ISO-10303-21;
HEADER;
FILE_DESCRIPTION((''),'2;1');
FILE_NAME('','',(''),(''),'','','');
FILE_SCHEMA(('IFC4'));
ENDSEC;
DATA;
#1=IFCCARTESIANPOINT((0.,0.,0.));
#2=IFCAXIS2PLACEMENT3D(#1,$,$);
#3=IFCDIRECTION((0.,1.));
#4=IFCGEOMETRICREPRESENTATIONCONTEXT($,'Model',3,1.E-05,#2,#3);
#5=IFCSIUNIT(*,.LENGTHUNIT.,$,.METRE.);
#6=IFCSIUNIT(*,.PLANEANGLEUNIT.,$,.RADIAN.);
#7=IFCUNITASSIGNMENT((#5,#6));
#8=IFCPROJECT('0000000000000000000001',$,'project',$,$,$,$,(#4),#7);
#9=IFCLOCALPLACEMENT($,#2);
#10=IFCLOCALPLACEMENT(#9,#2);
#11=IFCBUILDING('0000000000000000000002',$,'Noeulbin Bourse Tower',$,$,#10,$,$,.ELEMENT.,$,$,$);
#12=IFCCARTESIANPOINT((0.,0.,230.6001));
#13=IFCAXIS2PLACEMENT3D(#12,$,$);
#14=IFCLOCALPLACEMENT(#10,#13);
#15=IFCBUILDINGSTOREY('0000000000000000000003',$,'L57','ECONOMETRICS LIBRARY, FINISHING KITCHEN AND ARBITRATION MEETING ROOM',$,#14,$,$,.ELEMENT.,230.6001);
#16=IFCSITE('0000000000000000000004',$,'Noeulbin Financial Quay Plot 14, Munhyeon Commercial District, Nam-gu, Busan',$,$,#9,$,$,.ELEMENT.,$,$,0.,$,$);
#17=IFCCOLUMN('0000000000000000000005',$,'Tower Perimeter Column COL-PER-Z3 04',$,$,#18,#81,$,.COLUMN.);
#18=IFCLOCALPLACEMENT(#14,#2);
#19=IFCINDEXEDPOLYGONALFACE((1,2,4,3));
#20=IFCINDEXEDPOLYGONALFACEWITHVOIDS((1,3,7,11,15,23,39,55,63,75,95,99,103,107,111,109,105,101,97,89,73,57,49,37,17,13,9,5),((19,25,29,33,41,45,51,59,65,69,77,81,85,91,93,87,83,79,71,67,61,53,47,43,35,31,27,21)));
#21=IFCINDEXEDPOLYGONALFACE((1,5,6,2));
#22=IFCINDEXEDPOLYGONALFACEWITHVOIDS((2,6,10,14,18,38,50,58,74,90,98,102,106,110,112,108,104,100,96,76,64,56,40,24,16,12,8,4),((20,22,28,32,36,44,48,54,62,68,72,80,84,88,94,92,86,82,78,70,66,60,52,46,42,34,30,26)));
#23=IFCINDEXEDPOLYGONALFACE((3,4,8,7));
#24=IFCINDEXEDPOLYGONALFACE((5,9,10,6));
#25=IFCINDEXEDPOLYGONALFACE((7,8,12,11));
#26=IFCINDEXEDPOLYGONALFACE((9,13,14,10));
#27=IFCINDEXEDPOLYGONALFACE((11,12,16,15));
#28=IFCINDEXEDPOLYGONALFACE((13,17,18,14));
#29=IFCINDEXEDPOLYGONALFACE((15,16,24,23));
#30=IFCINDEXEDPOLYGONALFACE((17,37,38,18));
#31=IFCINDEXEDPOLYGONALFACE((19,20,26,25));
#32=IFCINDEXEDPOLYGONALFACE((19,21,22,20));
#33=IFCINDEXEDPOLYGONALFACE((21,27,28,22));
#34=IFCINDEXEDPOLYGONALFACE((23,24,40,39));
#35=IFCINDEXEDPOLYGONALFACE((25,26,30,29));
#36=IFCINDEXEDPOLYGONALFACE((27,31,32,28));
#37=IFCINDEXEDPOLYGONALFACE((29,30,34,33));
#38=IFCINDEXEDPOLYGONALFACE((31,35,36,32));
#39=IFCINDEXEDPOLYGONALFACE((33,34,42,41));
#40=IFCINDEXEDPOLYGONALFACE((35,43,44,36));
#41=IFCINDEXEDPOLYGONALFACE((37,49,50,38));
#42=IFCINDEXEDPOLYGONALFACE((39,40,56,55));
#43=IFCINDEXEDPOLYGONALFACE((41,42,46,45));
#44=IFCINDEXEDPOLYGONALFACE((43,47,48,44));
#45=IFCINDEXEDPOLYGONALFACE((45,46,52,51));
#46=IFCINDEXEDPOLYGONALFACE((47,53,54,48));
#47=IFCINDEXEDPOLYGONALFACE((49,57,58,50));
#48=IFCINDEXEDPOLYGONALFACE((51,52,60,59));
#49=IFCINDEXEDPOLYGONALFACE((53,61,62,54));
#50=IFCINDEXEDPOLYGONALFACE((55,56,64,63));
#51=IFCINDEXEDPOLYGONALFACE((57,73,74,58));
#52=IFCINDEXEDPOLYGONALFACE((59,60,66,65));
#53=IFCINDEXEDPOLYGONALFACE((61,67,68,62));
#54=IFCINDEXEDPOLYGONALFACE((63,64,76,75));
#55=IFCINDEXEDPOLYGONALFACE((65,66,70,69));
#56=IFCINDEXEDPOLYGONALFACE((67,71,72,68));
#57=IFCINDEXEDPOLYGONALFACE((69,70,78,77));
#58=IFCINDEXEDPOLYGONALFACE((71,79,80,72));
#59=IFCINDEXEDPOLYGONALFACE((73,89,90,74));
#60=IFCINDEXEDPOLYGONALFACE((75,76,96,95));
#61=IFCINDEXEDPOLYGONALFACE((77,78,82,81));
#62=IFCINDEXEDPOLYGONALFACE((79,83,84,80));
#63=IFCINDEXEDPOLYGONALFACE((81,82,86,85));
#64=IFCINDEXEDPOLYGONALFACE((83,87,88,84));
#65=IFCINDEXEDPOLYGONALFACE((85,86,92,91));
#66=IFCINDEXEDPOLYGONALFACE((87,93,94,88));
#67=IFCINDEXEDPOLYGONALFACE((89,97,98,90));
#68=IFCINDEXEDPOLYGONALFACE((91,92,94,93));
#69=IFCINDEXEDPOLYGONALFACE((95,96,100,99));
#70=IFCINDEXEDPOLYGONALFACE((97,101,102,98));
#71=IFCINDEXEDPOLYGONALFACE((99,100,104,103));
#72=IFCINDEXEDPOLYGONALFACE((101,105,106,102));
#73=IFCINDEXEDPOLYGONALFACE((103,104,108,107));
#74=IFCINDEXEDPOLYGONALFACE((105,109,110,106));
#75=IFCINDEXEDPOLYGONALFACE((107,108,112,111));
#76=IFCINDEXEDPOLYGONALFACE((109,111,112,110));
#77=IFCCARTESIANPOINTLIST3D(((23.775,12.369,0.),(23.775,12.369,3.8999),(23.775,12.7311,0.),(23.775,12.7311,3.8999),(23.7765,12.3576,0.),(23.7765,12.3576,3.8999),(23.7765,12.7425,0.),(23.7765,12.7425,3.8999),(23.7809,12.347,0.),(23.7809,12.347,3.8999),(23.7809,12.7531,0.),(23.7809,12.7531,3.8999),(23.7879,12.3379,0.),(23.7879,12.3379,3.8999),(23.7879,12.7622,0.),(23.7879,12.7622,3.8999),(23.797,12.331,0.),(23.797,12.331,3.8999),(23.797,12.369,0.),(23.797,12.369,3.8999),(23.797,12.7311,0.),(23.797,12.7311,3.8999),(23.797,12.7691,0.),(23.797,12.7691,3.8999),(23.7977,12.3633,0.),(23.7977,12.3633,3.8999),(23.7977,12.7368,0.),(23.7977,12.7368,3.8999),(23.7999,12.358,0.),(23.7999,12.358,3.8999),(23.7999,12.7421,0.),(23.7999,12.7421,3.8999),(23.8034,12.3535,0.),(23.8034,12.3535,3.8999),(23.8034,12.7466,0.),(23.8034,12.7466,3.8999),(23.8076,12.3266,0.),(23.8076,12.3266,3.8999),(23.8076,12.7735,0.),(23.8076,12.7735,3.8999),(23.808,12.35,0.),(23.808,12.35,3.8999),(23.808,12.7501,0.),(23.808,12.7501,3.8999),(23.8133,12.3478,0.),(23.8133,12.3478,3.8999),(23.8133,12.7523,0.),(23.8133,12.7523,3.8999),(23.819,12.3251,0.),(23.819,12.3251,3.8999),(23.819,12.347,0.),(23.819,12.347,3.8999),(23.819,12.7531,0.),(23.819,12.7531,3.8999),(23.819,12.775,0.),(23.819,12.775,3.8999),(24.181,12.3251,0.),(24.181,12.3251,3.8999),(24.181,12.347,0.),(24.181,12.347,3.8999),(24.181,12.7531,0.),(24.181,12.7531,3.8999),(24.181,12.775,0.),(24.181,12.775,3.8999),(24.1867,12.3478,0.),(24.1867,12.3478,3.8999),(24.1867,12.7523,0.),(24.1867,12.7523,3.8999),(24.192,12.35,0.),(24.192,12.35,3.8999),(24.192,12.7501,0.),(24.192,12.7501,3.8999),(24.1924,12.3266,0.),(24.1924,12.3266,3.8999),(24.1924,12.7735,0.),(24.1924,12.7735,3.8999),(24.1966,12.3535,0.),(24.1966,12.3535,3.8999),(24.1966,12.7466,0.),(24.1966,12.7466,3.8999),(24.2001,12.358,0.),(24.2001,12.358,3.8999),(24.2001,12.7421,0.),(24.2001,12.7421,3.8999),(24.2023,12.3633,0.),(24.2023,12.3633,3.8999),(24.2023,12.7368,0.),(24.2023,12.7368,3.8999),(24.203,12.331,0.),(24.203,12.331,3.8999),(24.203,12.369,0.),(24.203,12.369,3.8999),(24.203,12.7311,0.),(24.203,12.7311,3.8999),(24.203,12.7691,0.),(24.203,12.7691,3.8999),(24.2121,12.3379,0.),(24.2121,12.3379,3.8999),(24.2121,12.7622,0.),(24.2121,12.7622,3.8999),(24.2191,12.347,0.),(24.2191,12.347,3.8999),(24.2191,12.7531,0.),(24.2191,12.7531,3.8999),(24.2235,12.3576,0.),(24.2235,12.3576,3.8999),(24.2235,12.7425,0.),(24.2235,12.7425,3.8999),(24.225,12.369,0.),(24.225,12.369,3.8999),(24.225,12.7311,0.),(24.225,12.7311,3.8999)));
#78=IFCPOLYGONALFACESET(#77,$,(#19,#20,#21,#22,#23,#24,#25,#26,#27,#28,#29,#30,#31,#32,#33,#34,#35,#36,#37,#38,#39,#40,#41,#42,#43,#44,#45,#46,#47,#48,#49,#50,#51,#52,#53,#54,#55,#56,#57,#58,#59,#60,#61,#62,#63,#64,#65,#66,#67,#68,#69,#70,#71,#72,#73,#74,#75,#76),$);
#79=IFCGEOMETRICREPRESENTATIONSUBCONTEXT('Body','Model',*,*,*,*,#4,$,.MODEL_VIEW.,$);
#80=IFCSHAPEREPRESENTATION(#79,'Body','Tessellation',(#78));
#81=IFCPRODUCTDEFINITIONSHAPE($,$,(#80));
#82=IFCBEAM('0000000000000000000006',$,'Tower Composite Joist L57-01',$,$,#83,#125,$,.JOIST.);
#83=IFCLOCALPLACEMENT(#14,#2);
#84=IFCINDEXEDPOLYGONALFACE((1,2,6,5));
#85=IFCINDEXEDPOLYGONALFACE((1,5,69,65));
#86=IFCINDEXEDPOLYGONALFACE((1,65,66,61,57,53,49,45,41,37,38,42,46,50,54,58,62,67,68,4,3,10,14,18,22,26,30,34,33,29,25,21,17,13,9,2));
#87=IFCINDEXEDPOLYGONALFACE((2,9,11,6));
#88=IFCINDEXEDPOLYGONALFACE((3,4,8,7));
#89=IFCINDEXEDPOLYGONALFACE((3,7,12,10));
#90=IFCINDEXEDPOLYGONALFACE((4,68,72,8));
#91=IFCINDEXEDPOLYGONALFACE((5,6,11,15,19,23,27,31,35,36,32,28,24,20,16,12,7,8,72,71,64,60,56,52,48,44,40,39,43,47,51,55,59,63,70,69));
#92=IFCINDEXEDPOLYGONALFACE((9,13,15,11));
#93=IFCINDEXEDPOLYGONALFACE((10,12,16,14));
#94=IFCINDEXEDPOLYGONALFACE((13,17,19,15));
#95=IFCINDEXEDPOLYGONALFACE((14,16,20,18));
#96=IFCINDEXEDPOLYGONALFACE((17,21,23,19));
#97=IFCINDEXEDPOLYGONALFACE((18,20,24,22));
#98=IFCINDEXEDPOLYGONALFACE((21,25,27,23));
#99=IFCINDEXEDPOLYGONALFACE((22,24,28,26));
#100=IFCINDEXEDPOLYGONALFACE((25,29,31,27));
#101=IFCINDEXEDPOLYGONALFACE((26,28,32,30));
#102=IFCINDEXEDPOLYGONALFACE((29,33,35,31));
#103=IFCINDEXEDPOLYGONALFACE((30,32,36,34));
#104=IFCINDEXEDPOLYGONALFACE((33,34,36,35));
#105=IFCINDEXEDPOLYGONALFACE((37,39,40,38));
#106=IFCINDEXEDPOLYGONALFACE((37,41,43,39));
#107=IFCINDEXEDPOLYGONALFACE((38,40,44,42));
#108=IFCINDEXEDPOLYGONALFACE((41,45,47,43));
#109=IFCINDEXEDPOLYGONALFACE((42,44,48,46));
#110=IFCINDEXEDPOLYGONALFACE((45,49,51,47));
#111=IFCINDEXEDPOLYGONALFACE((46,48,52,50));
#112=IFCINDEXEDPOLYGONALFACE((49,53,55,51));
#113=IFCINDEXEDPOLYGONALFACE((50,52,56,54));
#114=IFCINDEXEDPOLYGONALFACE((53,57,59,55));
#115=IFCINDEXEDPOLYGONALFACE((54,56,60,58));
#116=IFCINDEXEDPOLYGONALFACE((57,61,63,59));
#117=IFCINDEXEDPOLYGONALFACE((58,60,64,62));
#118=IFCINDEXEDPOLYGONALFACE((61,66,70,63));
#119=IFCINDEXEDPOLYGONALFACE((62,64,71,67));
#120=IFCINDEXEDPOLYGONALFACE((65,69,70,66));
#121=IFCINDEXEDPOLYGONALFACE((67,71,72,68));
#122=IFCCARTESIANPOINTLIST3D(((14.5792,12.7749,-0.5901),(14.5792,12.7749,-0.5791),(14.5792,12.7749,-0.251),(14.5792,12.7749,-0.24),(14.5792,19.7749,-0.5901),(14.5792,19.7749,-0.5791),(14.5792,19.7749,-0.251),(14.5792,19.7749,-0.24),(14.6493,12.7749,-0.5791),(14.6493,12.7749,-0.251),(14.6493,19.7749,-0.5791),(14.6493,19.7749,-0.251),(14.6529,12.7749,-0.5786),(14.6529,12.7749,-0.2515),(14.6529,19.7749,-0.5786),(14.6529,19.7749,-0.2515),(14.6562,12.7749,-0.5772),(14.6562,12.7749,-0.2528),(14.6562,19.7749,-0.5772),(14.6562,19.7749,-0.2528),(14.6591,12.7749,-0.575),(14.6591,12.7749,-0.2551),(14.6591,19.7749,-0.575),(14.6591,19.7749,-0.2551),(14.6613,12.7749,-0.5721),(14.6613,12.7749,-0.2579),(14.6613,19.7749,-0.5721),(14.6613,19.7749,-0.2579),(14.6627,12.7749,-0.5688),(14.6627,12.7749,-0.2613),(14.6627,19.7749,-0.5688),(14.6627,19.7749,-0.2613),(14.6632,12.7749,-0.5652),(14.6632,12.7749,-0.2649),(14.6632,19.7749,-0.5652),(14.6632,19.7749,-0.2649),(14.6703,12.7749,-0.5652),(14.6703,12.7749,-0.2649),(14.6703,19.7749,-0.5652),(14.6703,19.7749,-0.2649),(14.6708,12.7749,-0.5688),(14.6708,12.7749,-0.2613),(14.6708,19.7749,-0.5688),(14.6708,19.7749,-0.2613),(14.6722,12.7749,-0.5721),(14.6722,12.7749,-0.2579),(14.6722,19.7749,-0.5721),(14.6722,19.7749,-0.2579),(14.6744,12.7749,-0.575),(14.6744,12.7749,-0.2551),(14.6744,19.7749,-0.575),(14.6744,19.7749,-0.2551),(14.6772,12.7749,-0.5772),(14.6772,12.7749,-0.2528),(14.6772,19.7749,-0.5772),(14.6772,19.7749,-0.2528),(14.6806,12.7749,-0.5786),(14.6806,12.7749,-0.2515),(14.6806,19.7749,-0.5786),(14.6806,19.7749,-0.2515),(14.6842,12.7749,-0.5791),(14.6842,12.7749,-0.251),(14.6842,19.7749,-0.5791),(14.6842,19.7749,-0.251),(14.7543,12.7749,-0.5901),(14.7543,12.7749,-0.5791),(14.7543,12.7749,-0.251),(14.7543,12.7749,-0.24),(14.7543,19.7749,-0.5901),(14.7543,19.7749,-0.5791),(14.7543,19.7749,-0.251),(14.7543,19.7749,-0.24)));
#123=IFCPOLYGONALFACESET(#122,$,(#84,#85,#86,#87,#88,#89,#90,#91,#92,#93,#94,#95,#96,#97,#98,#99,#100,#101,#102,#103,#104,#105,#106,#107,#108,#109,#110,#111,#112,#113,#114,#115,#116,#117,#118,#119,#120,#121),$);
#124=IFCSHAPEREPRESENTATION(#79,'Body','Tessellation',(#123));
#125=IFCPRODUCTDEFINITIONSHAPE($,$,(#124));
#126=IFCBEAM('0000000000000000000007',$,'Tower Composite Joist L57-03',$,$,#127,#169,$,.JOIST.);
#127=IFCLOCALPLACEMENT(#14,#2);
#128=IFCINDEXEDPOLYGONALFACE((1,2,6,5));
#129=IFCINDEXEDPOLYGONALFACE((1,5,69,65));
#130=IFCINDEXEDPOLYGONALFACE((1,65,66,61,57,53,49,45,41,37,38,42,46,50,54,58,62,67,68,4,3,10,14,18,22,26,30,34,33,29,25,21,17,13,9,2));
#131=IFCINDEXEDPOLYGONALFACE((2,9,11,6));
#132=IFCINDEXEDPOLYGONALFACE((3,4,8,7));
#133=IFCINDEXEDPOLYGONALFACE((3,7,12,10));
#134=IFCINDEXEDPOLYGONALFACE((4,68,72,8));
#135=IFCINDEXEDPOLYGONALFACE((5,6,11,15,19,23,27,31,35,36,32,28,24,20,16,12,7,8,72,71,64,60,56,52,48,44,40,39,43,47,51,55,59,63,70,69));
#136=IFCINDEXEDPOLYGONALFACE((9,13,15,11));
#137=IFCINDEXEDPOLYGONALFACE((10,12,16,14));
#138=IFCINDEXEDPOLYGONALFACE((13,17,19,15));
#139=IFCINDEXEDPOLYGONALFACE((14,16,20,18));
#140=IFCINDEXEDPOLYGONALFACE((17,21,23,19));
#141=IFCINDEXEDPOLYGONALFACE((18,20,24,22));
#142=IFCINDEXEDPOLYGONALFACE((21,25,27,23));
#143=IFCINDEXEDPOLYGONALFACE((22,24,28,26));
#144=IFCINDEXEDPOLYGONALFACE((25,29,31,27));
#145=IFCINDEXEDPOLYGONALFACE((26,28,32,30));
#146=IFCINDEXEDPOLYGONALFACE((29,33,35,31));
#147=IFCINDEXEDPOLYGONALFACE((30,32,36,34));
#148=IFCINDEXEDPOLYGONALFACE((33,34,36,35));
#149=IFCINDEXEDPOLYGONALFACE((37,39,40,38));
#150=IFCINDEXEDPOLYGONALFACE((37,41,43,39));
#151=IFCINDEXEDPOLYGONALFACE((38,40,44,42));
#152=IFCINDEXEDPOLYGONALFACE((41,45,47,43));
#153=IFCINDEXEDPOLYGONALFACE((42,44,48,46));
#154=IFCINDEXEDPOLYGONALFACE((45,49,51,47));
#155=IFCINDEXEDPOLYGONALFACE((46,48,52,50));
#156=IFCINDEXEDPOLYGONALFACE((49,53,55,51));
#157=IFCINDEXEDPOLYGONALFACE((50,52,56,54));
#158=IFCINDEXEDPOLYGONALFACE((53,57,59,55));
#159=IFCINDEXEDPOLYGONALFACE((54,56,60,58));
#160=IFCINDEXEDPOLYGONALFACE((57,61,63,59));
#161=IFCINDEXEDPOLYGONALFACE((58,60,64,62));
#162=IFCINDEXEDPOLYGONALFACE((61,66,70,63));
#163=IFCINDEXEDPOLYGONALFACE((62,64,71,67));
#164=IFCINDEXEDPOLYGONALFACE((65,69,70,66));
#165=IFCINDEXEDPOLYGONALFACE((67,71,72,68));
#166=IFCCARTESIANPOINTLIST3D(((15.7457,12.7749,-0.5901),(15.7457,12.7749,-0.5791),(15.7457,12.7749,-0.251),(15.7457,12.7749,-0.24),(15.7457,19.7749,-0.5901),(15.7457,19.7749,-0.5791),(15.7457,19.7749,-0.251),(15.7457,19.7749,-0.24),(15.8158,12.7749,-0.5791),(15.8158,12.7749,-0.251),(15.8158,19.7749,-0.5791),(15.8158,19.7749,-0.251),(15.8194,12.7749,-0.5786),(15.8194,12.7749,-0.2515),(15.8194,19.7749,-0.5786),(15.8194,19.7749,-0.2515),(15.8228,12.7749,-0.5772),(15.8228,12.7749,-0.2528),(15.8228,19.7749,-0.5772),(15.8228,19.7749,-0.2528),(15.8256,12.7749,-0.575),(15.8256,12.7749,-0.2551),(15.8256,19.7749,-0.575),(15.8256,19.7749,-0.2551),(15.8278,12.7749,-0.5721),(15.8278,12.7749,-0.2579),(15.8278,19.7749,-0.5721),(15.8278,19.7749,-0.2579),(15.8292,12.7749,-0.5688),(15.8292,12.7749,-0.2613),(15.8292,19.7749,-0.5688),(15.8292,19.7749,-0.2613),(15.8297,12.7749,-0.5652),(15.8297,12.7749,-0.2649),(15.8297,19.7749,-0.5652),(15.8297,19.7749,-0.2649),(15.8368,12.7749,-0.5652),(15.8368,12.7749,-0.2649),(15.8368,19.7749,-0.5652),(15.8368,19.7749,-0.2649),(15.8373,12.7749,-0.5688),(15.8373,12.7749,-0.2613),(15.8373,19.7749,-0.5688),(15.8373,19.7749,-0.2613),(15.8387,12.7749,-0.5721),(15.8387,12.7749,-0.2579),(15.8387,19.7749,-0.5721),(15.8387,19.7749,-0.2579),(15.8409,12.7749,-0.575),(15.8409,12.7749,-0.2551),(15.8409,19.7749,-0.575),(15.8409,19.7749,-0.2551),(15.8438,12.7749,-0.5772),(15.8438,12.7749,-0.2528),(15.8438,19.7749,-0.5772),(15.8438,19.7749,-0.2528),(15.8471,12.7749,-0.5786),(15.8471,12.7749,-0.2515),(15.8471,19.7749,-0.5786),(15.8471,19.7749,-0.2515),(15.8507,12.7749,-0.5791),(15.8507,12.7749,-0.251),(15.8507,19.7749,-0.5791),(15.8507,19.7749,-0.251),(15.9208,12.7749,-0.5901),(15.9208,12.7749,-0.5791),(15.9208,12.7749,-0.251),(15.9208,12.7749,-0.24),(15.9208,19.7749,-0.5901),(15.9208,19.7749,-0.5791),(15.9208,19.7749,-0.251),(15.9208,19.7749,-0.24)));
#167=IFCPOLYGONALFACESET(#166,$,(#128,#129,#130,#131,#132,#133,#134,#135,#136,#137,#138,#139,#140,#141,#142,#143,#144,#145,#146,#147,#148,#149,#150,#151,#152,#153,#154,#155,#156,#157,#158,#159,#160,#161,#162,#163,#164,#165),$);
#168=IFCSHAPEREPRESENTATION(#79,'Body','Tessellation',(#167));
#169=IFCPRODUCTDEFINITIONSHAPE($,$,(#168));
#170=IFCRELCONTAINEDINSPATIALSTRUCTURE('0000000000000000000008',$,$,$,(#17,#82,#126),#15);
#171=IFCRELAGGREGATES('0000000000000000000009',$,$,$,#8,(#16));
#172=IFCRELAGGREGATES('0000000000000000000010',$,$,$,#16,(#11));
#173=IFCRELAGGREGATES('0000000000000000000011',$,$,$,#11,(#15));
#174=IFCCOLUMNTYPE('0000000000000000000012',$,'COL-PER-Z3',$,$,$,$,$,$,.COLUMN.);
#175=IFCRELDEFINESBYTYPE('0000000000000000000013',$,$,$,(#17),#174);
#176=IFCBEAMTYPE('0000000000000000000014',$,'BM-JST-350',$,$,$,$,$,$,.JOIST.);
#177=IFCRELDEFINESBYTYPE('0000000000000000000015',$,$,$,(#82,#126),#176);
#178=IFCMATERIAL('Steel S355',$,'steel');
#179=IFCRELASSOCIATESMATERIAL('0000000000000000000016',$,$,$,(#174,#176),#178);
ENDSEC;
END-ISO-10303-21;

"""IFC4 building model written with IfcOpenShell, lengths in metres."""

from ifc_helpers import new_model, si_unit, direction, frame, origin, origin_2d, place, context, subcontext, project, spatial, hollow_rectangle, i_section, extrude, material, material_profile, profile_set, type_object, element, save


model = new_model("IFC4")

# Units and contexts
model_context = context("Model", 3, precision=1e-05, world=origin(), true_north=direction((0.0, 1.0)))
body_context = subcontext(model_context, "Body", "Model", "MODEL_VIEW")
ifc_project = project(units=[si_unit("LENGTHUNIT", "METRE"), si_unit("PLANEANGLEUNIT", "RADIAN")], contexts=[model_context])

# Site, building, storey
site_placement = place(None, origin())
site = spatial("IfcSite", under=ifc_project, at=site_placement, Name="Noeulbin Financial Quay Plot 14, Munhyeon Commercial District, Nam-gu, Busan", CompositionType="ELEMENT", RefElevation=0.0)
building_placement = place(site_placement, origin())
building = spatial("IfcBuilding", under=site, at=building_placement, Name="Noeulbin Bourse Tower", CompositionType="ELEMENT")
storey_placement = place(building_placement, frame((0.0, 0.0, 230.6001)))
storey = spatial("IfcBuildingStorey", under=building, at=storey_placement, Name="L57", Description="ECONOMETRICS LIBRARY, FINISHING KITCHEN AND ARBITRATION MEETING ROOM", CompositionType="ELEMENT", Elevation=230.6001)

# Column
ifc_material_1 = material(Name="Steel S355", Category="steel")
ifc_material_profile_1 = material_profile(ifc_material_1, hollow_rectangle(XDim=0.45, YDim=0.45, WallThickness=0.022, InnerFilletRadius=0.022, OuterFilletRadius=0.0439, at=origin_2d()), Name="SHS-450x450x22", Category="LoadBearing")
ifc_profile_set_1 = profile_set([ifc_material_profile_1], Name="Steel S355")
column_type = type_object("IfcColumnType", Name="COL-PER-Z3", PredefinedType="COLUMN", material=ifc_profile_set_1)
column_placement = place(storey_placement, frame((24.0, 12.55, 0.0), z_axis=(0.0, 0.0, 1.0), x_axis=(1.0, 0.0, 0.0)))
element("IfcColumn", 1, at=column_placement, inside=storey, type_object=column_type, Name="Tower Perimeter Column COL-PER-Z3 04", PredefinedType="COLUMN", context=body_context, shape_type="SweptSolid", body=[
    extrude(hollow_rectangle(XDim=0.45, YDim=0.45, WallThickness=0.022, InnerFilletRadius=0.022, OuterFilletRadius=0.0439, at=origin_2d()), origin(), (0.0, 0.0, 1.0), 3.8999),
])

# Beams
ifc_material_profile_2 = material_profile(ifc_material_1, i_section(OverallWidth=0.175, OverallDepth=0.3501, WebThickness=0.0071, FlangeThickness=0.011, FilletRadius=0.0139, at=origin_2d()), Name="H-350x175x7x11", Category="LoadBearing")
ifc_profile_set_2 = profile_set([ifc_material_profile_2], Name="Steel S355")
beam_type = type_object("IfcBeamType", Name="BM-JST-350", PredefinedType="JOIST", material=ifc_profile_set_2)
for number, where, z_axis, x_axis, name in (
    (2, (14.6667, 12.7749, -0.415), (0.0, 1.0, 0.0), (-1.0, 0.0, 0.0), "Tower Composite Joist L57-01"),
    (3, (15.8333, 12.7749, -0.415), (0.0, 1.0, 0.0), (-1.0, 0.0, 0.0), "Tower Composite Joist L57-03"),
):
    element("IfcBeam", number, at=place(storey_placement, frame(where, z_axis=z_axis, x_axis=x_axis)), inside=storey, type_object=beam_type, Name=name, PredefinedType="JOIST", context=body_context, shape_type="SweptSolid", body=[
        extrude(i_section(OverallWidth=0.175, OverallDepth=0.3501, WebThickness=0.0071, FlangeThickness=0.011, FilletRadius=0.0139, at=origin_2d()), origin(), (0.0, 0.0, 1.0), 7.0),
    ])

save(model, "model.ifc")
